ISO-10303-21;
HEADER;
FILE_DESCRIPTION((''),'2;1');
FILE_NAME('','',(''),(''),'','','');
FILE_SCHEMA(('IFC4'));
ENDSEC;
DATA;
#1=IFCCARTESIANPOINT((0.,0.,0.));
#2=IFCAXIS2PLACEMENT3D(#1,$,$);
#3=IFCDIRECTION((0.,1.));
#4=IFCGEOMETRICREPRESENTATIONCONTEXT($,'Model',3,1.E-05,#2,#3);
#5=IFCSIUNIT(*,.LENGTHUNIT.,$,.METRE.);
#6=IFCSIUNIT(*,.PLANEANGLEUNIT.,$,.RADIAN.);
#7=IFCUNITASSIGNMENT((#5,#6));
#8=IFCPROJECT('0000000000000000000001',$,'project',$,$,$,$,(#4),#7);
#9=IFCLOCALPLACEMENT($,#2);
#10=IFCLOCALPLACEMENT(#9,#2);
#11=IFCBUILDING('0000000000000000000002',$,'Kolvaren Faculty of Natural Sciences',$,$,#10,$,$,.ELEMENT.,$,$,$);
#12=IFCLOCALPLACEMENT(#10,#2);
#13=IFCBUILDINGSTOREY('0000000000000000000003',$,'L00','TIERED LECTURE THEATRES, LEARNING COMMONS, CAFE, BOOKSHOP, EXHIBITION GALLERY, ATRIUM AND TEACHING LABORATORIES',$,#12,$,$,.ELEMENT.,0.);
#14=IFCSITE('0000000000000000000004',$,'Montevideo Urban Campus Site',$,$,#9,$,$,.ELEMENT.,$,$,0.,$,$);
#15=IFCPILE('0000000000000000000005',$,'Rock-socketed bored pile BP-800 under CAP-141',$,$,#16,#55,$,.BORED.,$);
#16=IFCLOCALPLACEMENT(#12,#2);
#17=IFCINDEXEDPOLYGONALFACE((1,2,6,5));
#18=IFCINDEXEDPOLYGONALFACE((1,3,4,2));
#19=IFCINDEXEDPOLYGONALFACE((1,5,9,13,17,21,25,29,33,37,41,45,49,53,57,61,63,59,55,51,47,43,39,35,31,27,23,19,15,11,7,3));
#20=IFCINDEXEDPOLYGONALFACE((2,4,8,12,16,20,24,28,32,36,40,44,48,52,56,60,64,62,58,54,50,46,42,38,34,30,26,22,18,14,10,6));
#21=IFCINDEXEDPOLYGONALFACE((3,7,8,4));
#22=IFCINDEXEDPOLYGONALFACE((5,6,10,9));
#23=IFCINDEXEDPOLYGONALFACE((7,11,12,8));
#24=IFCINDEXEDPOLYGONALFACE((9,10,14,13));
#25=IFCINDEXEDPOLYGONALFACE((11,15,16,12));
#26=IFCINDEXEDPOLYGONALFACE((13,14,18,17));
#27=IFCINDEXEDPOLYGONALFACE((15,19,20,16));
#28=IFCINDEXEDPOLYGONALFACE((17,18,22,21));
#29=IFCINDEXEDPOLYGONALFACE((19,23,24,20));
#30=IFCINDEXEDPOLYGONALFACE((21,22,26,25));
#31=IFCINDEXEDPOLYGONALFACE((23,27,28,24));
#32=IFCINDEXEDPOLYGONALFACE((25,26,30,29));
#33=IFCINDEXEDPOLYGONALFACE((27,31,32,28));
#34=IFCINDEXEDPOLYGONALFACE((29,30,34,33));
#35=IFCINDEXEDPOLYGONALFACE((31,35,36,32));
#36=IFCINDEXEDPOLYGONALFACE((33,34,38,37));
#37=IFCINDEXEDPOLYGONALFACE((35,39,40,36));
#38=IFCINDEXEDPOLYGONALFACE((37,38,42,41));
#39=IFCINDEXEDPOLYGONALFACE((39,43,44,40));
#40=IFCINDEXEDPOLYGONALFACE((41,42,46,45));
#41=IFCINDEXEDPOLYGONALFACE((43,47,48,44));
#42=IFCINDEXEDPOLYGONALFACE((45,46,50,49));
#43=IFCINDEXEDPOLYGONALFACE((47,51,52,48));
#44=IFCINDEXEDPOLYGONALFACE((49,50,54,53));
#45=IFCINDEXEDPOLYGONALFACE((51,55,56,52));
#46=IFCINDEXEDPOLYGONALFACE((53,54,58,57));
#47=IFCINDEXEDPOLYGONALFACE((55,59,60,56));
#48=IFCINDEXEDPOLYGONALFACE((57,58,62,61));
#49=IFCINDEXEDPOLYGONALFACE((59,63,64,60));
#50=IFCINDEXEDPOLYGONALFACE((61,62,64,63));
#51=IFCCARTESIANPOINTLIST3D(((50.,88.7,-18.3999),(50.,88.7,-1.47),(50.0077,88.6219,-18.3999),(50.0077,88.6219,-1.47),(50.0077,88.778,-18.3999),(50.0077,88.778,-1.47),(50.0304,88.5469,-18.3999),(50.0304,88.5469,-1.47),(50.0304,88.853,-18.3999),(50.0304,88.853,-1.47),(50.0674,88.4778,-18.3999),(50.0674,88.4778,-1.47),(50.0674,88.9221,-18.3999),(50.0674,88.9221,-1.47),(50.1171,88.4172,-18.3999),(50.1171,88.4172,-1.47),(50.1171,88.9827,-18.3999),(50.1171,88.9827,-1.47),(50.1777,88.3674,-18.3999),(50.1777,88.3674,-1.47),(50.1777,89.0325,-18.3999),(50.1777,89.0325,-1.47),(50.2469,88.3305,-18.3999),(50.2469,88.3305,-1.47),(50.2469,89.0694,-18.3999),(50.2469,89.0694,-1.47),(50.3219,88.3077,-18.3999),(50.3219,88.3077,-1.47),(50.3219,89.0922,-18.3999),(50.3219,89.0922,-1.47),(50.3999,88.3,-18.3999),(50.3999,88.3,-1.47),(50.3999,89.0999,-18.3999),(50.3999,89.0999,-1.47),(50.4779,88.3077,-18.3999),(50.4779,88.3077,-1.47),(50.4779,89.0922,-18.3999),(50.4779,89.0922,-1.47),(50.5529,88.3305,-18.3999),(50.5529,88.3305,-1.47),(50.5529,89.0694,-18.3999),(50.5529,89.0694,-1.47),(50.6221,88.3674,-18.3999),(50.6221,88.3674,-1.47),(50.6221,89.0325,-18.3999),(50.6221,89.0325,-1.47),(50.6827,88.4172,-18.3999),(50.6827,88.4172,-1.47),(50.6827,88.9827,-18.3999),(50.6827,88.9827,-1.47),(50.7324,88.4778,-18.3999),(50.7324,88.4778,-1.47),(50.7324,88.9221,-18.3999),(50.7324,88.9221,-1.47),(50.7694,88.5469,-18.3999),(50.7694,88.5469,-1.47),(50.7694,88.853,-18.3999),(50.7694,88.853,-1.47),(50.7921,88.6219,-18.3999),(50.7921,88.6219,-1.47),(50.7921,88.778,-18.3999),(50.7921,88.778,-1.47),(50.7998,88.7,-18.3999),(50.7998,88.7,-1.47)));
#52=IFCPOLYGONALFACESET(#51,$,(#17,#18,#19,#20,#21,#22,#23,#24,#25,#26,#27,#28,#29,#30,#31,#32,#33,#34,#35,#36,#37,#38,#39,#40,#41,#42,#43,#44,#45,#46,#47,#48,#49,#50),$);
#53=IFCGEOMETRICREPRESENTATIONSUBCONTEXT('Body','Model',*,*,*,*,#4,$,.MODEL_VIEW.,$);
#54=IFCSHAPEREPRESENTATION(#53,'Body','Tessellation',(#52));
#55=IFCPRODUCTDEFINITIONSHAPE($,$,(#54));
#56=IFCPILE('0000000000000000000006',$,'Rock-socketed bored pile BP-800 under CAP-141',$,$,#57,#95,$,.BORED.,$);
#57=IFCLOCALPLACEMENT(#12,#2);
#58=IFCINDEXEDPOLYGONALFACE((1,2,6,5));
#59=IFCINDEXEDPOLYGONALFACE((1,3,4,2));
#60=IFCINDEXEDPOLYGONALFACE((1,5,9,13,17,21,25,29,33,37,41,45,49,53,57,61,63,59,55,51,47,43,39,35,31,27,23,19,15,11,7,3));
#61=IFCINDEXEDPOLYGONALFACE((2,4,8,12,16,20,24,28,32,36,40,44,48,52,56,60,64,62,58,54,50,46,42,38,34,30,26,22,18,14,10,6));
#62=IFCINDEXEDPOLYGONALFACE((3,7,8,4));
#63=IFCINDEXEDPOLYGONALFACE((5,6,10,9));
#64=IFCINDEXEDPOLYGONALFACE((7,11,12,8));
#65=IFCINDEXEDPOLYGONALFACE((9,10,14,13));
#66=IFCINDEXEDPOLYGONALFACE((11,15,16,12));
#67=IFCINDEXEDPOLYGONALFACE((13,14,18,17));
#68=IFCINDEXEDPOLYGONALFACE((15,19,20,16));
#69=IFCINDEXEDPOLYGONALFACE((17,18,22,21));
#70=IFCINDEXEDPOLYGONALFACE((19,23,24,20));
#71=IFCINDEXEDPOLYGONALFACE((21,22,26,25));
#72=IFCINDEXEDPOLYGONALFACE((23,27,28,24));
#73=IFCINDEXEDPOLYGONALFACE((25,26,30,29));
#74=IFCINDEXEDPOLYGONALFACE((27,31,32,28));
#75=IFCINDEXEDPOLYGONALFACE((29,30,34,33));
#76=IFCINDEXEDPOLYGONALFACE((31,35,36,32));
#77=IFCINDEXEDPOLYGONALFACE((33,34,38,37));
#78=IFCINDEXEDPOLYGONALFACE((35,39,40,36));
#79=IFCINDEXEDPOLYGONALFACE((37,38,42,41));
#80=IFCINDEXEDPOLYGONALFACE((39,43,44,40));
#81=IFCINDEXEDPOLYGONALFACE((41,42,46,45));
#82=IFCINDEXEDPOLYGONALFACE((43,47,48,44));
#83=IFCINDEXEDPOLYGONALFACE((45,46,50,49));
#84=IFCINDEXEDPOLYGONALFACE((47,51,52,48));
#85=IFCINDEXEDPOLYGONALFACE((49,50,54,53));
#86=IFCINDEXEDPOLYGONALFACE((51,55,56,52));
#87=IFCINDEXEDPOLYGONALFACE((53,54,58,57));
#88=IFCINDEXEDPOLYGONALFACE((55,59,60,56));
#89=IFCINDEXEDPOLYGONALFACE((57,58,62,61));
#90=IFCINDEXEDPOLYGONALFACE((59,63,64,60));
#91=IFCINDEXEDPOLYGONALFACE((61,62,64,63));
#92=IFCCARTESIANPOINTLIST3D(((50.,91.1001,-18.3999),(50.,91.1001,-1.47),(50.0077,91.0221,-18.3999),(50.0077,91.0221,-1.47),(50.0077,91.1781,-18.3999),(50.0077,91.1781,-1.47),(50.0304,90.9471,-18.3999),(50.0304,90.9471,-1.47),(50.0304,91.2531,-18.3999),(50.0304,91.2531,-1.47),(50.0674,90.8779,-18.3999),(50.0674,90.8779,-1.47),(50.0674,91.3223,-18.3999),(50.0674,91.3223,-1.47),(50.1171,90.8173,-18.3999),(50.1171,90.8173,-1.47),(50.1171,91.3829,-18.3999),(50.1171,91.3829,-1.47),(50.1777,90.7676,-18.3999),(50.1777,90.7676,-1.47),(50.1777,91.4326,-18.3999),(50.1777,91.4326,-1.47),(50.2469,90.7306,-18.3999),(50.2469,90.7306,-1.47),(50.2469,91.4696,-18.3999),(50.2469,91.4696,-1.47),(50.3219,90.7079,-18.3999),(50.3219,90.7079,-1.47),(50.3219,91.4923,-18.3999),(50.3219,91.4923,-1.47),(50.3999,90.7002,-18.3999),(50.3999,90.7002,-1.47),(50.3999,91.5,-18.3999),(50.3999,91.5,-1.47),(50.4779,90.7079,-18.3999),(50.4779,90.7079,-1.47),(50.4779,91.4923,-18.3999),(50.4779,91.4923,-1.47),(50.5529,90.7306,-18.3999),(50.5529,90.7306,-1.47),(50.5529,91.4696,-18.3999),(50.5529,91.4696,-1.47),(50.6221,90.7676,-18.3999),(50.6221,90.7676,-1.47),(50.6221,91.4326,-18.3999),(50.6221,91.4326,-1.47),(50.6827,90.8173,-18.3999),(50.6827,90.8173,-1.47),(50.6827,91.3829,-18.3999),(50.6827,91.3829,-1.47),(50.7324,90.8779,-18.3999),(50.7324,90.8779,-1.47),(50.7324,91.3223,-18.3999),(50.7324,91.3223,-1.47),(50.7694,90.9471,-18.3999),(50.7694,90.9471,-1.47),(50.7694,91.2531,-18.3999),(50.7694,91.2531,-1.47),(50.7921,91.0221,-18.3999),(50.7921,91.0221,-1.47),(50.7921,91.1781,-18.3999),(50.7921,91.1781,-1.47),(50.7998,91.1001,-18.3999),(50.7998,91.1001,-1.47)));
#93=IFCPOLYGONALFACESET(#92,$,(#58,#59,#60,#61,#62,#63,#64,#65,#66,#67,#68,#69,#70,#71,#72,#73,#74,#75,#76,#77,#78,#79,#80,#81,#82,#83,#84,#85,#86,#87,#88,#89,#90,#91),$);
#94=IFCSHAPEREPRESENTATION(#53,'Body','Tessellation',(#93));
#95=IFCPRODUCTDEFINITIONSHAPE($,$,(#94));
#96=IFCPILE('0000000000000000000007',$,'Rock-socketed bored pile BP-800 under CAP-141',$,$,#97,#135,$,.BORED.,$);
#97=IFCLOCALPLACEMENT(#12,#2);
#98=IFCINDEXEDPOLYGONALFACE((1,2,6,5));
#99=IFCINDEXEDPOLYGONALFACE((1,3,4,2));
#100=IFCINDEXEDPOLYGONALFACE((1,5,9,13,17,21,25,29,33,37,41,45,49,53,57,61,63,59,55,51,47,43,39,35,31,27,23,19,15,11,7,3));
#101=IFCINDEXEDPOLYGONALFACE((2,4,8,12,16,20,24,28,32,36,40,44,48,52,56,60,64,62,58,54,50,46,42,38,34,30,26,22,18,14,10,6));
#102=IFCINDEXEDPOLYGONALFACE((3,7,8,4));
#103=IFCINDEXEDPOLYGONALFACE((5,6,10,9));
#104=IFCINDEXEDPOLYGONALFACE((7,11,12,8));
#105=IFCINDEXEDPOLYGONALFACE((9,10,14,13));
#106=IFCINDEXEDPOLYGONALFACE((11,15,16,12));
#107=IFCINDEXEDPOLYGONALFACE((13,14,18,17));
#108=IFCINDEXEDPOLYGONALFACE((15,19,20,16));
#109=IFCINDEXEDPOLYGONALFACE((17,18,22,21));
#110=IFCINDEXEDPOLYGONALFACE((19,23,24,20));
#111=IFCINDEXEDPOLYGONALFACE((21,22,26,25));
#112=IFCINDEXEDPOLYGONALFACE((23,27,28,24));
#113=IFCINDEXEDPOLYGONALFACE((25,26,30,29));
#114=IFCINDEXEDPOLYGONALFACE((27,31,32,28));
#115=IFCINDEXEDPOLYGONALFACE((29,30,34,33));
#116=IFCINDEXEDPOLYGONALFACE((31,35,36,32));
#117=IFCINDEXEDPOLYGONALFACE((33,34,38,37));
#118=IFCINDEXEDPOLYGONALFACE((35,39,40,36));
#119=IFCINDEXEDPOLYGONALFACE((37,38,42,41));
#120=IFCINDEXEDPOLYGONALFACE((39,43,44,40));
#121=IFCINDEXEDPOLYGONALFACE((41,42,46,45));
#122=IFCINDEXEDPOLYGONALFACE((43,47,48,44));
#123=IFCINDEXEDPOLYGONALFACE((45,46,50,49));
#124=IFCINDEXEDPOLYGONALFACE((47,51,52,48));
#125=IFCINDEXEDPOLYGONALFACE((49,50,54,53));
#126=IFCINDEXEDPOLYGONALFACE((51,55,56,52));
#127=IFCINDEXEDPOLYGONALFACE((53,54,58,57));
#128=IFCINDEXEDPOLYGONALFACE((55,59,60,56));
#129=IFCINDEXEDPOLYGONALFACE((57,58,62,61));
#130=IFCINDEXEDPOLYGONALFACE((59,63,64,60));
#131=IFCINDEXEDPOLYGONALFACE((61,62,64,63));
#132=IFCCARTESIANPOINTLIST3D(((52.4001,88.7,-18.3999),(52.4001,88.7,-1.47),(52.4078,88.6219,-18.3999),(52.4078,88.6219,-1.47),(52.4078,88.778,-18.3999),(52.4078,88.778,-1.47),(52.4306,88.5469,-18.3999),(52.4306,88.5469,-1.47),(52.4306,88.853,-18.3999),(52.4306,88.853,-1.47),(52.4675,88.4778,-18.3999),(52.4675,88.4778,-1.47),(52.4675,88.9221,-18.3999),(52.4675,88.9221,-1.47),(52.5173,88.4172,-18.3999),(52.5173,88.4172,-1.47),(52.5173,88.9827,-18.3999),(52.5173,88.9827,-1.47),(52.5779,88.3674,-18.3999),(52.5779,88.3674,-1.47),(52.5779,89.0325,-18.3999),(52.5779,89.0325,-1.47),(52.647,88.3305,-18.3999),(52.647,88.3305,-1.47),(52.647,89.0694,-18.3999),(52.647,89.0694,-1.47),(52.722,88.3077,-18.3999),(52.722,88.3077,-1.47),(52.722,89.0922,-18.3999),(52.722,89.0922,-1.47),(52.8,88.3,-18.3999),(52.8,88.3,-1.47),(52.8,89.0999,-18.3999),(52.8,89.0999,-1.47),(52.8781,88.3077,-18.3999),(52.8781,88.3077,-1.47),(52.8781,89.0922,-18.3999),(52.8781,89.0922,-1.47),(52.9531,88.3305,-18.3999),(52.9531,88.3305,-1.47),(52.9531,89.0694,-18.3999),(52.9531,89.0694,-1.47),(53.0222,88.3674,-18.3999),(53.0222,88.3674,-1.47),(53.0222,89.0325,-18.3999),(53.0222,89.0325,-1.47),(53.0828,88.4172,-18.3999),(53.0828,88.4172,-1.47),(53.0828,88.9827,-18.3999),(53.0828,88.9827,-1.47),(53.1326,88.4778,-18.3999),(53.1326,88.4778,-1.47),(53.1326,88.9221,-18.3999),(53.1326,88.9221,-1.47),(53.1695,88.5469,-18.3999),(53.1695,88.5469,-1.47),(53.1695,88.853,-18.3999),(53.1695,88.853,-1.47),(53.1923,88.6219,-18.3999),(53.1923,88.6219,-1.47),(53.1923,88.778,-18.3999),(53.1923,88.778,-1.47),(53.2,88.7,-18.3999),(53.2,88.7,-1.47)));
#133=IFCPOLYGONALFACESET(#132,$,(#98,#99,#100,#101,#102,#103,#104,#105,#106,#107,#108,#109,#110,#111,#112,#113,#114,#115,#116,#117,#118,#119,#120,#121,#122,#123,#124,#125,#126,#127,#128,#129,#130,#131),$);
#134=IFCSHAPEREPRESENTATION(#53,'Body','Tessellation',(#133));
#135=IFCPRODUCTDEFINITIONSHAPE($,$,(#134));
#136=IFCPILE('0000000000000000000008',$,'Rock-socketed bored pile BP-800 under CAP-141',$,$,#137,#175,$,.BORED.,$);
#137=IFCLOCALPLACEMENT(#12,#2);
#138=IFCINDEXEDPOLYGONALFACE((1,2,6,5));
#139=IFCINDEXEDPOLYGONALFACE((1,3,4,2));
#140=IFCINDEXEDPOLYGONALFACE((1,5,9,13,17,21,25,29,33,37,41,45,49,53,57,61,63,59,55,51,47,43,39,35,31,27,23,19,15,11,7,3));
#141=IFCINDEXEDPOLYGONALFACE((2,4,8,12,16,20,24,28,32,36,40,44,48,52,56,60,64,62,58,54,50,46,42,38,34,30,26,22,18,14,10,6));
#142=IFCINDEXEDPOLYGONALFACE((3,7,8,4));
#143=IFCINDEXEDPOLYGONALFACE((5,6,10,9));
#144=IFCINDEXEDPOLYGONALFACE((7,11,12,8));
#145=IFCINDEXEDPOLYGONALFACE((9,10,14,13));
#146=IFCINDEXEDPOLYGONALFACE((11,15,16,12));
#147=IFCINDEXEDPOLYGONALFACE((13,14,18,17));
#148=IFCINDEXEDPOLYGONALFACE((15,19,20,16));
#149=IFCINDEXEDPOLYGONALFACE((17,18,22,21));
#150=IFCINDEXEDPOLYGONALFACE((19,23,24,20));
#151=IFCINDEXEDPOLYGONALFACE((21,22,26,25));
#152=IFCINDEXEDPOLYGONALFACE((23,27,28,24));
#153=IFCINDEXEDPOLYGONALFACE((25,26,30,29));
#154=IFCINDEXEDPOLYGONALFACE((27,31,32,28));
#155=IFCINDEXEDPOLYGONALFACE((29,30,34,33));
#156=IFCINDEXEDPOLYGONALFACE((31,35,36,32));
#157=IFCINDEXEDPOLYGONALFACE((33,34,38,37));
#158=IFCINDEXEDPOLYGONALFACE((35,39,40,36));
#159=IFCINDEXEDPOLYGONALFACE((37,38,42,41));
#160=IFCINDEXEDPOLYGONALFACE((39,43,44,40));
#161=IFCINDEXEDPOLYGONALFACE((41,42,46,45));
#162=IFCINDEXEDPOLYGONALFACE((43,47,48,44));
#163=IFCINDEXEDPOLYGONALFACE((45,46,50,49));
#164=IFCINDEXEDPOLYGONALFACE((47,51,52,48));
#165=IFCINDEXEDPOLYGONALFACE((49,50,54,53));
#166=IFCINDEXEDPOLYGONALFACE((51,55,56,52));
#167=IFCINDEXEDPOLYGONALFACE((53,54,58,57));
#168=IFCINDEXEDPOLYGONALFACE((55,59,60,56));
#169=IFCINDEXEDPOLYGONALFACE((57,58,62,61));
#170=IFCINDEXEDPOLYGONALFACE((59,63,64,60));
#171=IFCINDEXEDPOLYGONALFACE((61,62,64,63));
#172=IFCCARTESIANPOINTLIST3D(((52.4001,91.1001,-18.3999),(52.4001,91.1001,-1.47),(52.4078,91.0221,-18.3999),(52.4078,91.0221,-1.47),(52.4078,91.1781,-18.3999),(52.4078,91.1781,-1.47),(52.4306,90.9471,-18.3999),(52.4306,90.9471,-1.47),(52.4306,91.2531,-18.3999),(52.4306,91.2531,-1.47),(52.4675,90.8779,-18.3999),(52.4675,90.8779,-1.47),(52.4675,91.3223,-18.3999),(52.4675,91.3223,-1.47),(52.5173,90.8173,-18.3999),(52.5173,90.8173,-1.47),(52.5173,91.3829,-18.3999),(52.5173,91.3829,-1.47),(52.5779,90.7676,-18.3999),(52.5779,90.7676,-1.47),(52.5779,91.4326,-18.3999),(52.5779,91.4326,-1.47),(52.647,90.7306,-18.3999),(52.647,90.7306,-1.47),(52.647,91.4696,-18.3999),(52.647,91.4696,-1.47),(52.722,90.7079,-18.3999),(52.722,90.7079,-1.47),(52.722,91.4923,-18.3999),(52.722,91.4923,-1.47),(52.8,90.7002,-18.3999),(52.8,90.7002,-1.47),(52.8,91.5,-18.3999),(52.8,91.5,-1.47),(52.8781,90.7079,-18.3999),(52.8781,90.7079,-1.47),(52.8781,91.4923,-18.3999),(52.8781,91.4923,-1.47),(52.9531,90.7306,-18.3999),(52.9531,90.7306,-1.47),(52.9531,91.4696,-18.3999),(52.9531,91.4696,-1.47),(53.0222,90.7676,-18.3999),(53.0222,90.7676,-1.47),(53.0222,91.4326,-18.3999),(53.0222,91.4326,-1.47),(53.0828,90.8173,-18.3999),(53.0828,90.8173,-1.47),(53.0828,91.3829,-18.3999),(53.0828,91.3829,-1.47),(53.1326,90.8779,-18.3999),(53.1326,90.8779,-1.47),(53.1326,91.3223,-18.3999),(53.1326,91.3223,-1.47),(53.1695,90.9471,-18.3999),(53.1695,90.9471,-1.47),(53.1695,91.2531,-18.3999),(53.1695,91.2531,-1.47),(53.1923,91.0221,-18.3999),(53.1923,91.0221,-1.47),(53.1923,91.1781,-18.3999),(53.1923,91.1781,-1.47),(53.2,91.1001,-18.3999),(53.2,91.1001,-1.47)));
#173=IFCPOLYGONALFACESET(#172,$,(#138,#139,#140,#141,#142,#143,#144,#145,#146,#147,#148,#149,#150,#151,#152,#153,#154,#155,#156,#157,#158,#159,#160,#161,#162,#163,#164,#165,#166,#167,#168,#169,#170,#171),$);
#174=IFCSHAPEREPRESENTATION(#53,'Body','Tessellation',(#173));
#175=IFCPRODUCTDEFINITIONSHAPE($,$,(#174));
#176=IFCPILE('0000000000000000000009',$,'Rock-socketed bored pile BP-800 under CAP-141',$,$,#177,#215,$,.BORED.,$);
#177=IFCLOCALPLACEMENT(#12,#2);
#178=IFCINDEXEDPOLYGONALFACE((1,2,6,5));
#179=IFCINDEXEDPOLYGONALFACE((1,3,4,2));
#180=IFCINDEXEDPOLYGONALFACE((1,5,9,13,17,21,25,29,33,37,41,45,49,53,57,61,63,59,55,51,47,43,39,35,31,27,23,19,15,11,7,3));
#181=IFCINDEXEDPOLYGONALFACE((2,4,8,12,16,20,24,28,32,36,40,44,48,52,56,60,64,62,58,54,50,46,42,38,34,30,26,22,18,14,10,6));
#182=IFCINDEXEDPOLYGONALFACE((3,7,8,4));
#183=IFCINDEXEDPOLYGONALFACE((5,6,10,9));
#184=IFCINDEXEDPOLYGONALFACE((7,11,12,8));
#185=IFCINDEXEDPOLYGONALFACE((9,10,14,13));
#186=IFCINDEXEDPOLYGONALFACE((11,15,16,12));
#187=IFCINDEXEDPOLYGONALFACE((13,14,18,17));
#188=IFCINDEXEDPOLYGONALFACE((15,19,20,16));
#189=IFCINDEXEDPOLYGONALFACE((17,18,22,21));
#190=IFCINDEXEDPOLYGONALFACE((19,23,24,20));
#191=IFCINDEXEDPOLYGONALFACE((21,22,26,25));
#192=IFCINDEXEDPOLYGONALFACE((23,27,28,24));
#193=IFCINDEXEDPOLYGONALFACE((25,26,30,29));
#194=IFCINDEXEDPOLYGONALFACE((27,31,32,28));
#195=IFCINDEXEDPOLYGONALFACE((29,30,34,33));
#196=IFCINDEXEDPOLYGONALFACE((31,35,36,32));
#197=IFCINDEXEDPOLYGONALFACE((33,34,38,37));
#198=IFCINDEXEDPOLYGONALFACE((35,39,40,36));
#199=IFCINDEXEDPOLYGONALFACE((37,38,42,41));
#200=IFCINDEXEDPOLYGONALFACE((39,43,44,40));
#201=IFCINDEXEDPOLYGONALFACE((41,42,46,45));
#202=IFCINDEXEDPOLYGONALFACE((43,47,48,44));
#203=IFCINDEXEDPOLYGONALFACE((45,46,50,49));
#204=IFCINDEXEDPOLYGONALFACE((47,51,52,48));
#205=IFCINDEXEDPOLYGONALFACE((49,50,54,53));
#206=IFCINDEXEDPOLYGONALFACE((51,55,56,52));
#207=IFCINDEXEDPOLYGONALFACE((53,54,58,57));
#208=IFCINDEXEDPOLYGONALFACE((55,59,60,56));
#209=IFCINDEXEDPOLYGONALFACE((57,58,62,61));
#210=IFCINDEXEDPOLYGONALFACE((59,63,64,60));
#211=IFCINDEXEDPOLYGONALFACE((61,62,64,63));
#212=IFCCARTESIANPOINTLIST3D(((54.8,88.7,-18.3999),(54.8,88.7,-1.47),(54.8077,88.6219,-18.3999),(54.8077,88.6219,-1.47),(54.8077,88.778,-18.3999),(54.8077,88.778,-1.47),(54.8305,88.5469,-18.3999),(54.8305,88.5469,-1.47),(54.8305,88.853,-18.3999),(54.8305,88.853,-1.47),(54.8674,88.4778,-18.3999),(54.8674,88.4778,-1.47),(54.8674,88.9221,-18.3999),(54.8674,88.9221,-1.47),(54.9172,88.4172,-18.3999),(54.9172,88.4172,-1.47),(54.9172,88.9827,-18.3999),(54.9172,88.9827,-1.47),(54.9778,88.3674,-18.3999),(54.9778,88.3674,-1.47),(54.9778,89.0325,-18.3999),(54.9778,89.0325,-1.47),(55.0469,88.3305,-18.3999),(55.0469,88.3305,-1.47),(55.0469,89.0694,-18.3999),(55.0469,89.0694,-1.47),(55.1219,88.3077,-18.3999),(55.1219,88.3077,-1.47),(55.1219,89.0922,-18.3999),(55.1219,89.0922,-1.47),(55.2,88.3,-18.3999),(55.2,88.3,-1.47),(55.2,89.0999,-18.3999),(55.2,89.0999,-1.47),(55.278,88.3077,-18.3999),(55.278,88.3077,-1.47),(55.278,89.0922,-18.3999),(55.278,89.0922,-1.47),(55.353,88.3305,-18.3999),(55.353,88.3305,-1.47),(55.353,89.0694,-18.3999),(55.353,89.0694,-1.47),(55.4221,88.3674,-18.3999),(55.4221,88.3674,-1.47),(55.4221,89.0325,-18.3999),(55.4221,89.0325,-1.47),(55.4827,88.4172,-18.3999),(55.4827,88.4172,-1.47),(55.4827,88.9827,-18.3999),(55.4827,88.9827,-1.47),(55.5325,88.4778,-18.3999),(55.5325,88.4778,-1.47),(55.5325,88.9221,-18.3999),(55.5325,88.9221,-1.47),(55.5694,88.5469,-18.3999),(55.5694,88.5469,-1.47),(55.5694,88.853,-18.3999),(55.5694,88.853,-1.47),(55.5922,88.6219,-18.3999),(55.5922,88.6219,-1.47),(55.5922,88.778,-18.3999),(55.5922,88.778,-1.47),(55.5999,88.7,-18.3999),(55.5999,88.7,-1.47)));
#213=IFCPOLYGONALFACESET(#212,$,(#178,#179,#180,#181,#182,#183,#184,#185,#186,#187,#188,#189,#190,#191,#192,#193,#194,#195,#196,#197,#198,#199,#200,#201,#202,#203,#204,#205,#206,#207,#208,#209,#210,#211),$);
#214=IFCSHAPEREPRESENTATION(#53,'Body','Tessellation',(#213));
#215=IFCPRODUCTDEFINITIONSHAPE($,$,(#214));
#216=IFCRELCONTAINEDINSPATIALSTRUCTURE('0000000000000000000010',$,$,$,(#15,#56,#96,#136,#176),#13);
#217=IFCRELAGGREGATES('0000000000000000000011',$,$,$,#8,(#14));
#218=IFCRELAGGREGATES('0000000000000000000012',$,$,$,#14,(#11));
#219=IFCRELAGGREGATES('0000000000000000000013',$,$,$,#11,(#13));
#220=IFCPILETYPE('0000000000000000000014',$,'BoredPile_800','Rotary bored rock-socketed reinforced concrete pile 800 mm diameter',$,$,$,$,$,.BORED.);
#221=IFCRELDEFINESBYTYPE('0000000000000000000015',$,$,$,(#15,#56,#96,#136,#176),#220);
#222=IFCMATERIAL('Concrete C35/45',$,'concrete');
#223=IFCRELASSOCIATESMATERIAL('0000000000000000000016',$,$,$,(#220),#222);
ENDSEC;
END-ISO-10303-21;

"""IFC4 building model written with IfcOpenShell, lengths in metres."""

from ifc_helpers import new_model, si_unit, direction, frame, origin, origin_2d, place, context, subcontext, project, spatial, circle, extrude, material, material_profile, profile_set, type_object, element, save


model = new_model("IFC4")

# Units and contexts
model_context = context("Model", 3, precision=1e-05, world=origin(), true_north=direction((0.0, 1.0)))
body_context = subcontext(model_context, "Body", "Model", "MODEL_VIEW")
ifc_project = project(units=[si_unit("LENGTHUNIT", "METRE"), si_unit("PLANEANGLEUNIT", "RADIAN")], contexts=[model_context])

# Site, building, storey
site_placement = place(None, origin())
site = spatial("IfcSite", under=ifc_project, at=site_placement, Name="Montevideo Urban Campus Site", CompositionType="ELEMENT", RefElevation=0.0)
building_placement = place(site_placement, origin())
building = spatial("IfcBuilding", under=site, at=building_placement, Name="Kolvaren Faculty of Natural Sciences", CompositionType="ELEMENT")
storey_placement = place(building_placement, origin())
storey = spatial("IfcBuildingStorey", under=building, at=storey_placement, Name="L00", Description="TIERED LECTURE THEATRES, LEARNING COMMONS, CAFE, BOOKSHOP, EXHIBITION GALLERY, ATRIUM AND TEACHING LABORATORIES", CompositionType="ELEMENT", Elevation=0.0)

# Piles
ifc_material_1 = material(Name="Concrete C35/45", Category="concrete")
ifc_material_profile_1 = material_profile(ifc_material_1, circle(Radius=0.3999, at=origin_2d()), Name="PILE D800")
ifc_profile_set_1 = profile_set([ifc_material_profile_1], Name="Concrete C35/45")
pile_type = type_object("IfcPileType", Name="BoredPile_800", Description="Rotary bored rock-socketed reinforced concrete pile 800 mm diameter", PredefinedType="BORED", material=ifc_profile_set_1)
for number, where, z_axis, x_axis, name in (
    (1, (50.3999, 88.7, -1.47), (0.0, 0.0, -1.0), (1.0, 0.0, 0.0), "Rock-socketed bored pile BP-800 under CAP-141"),
    (2, (50.3999, 91.1001, -1.47), (0.0, 0.0, -1.0), (1.0, 0.0, 0.0), "Rock-socketed bored pile BP-800 under CAP-141"),
    (3, (52.8, 88.7, -1.47), (0.0, 0.0, -1.0), (1.0, 0.0, 0.0), "Rock-socketed bored pile BP-800 under CAP-141"),
    (4, (52.8, 91.1001, -1.47), (0.0, 0.0, -1.0), (1.0, 0.0, 0.0), "Rock-socketed bored pile BP-800 under CAP-141"),
    (5, (55.2, 88.7, -1.47), (0.0, 0.0, -1.0), (1.0, 0.0, 0.0), "Rock-socketed bored pile BP-800 under CAP-141"),
):
    element("IfcPile", number, at=place(storey_placement, frame(where, z_axis=z_axis, x_axis=x_axis)), inside=storey, type_object=pile_type, Name=name, PredefinedType="BORED", context=body_context, shape_type="SweptSolid", body=[
        extrude(circle(Radius=0.3999, at=origin_2d()), origin(), (0.0, 0.0, 1.0), 16.9299),
    ])

save(model, "model.ifc")
